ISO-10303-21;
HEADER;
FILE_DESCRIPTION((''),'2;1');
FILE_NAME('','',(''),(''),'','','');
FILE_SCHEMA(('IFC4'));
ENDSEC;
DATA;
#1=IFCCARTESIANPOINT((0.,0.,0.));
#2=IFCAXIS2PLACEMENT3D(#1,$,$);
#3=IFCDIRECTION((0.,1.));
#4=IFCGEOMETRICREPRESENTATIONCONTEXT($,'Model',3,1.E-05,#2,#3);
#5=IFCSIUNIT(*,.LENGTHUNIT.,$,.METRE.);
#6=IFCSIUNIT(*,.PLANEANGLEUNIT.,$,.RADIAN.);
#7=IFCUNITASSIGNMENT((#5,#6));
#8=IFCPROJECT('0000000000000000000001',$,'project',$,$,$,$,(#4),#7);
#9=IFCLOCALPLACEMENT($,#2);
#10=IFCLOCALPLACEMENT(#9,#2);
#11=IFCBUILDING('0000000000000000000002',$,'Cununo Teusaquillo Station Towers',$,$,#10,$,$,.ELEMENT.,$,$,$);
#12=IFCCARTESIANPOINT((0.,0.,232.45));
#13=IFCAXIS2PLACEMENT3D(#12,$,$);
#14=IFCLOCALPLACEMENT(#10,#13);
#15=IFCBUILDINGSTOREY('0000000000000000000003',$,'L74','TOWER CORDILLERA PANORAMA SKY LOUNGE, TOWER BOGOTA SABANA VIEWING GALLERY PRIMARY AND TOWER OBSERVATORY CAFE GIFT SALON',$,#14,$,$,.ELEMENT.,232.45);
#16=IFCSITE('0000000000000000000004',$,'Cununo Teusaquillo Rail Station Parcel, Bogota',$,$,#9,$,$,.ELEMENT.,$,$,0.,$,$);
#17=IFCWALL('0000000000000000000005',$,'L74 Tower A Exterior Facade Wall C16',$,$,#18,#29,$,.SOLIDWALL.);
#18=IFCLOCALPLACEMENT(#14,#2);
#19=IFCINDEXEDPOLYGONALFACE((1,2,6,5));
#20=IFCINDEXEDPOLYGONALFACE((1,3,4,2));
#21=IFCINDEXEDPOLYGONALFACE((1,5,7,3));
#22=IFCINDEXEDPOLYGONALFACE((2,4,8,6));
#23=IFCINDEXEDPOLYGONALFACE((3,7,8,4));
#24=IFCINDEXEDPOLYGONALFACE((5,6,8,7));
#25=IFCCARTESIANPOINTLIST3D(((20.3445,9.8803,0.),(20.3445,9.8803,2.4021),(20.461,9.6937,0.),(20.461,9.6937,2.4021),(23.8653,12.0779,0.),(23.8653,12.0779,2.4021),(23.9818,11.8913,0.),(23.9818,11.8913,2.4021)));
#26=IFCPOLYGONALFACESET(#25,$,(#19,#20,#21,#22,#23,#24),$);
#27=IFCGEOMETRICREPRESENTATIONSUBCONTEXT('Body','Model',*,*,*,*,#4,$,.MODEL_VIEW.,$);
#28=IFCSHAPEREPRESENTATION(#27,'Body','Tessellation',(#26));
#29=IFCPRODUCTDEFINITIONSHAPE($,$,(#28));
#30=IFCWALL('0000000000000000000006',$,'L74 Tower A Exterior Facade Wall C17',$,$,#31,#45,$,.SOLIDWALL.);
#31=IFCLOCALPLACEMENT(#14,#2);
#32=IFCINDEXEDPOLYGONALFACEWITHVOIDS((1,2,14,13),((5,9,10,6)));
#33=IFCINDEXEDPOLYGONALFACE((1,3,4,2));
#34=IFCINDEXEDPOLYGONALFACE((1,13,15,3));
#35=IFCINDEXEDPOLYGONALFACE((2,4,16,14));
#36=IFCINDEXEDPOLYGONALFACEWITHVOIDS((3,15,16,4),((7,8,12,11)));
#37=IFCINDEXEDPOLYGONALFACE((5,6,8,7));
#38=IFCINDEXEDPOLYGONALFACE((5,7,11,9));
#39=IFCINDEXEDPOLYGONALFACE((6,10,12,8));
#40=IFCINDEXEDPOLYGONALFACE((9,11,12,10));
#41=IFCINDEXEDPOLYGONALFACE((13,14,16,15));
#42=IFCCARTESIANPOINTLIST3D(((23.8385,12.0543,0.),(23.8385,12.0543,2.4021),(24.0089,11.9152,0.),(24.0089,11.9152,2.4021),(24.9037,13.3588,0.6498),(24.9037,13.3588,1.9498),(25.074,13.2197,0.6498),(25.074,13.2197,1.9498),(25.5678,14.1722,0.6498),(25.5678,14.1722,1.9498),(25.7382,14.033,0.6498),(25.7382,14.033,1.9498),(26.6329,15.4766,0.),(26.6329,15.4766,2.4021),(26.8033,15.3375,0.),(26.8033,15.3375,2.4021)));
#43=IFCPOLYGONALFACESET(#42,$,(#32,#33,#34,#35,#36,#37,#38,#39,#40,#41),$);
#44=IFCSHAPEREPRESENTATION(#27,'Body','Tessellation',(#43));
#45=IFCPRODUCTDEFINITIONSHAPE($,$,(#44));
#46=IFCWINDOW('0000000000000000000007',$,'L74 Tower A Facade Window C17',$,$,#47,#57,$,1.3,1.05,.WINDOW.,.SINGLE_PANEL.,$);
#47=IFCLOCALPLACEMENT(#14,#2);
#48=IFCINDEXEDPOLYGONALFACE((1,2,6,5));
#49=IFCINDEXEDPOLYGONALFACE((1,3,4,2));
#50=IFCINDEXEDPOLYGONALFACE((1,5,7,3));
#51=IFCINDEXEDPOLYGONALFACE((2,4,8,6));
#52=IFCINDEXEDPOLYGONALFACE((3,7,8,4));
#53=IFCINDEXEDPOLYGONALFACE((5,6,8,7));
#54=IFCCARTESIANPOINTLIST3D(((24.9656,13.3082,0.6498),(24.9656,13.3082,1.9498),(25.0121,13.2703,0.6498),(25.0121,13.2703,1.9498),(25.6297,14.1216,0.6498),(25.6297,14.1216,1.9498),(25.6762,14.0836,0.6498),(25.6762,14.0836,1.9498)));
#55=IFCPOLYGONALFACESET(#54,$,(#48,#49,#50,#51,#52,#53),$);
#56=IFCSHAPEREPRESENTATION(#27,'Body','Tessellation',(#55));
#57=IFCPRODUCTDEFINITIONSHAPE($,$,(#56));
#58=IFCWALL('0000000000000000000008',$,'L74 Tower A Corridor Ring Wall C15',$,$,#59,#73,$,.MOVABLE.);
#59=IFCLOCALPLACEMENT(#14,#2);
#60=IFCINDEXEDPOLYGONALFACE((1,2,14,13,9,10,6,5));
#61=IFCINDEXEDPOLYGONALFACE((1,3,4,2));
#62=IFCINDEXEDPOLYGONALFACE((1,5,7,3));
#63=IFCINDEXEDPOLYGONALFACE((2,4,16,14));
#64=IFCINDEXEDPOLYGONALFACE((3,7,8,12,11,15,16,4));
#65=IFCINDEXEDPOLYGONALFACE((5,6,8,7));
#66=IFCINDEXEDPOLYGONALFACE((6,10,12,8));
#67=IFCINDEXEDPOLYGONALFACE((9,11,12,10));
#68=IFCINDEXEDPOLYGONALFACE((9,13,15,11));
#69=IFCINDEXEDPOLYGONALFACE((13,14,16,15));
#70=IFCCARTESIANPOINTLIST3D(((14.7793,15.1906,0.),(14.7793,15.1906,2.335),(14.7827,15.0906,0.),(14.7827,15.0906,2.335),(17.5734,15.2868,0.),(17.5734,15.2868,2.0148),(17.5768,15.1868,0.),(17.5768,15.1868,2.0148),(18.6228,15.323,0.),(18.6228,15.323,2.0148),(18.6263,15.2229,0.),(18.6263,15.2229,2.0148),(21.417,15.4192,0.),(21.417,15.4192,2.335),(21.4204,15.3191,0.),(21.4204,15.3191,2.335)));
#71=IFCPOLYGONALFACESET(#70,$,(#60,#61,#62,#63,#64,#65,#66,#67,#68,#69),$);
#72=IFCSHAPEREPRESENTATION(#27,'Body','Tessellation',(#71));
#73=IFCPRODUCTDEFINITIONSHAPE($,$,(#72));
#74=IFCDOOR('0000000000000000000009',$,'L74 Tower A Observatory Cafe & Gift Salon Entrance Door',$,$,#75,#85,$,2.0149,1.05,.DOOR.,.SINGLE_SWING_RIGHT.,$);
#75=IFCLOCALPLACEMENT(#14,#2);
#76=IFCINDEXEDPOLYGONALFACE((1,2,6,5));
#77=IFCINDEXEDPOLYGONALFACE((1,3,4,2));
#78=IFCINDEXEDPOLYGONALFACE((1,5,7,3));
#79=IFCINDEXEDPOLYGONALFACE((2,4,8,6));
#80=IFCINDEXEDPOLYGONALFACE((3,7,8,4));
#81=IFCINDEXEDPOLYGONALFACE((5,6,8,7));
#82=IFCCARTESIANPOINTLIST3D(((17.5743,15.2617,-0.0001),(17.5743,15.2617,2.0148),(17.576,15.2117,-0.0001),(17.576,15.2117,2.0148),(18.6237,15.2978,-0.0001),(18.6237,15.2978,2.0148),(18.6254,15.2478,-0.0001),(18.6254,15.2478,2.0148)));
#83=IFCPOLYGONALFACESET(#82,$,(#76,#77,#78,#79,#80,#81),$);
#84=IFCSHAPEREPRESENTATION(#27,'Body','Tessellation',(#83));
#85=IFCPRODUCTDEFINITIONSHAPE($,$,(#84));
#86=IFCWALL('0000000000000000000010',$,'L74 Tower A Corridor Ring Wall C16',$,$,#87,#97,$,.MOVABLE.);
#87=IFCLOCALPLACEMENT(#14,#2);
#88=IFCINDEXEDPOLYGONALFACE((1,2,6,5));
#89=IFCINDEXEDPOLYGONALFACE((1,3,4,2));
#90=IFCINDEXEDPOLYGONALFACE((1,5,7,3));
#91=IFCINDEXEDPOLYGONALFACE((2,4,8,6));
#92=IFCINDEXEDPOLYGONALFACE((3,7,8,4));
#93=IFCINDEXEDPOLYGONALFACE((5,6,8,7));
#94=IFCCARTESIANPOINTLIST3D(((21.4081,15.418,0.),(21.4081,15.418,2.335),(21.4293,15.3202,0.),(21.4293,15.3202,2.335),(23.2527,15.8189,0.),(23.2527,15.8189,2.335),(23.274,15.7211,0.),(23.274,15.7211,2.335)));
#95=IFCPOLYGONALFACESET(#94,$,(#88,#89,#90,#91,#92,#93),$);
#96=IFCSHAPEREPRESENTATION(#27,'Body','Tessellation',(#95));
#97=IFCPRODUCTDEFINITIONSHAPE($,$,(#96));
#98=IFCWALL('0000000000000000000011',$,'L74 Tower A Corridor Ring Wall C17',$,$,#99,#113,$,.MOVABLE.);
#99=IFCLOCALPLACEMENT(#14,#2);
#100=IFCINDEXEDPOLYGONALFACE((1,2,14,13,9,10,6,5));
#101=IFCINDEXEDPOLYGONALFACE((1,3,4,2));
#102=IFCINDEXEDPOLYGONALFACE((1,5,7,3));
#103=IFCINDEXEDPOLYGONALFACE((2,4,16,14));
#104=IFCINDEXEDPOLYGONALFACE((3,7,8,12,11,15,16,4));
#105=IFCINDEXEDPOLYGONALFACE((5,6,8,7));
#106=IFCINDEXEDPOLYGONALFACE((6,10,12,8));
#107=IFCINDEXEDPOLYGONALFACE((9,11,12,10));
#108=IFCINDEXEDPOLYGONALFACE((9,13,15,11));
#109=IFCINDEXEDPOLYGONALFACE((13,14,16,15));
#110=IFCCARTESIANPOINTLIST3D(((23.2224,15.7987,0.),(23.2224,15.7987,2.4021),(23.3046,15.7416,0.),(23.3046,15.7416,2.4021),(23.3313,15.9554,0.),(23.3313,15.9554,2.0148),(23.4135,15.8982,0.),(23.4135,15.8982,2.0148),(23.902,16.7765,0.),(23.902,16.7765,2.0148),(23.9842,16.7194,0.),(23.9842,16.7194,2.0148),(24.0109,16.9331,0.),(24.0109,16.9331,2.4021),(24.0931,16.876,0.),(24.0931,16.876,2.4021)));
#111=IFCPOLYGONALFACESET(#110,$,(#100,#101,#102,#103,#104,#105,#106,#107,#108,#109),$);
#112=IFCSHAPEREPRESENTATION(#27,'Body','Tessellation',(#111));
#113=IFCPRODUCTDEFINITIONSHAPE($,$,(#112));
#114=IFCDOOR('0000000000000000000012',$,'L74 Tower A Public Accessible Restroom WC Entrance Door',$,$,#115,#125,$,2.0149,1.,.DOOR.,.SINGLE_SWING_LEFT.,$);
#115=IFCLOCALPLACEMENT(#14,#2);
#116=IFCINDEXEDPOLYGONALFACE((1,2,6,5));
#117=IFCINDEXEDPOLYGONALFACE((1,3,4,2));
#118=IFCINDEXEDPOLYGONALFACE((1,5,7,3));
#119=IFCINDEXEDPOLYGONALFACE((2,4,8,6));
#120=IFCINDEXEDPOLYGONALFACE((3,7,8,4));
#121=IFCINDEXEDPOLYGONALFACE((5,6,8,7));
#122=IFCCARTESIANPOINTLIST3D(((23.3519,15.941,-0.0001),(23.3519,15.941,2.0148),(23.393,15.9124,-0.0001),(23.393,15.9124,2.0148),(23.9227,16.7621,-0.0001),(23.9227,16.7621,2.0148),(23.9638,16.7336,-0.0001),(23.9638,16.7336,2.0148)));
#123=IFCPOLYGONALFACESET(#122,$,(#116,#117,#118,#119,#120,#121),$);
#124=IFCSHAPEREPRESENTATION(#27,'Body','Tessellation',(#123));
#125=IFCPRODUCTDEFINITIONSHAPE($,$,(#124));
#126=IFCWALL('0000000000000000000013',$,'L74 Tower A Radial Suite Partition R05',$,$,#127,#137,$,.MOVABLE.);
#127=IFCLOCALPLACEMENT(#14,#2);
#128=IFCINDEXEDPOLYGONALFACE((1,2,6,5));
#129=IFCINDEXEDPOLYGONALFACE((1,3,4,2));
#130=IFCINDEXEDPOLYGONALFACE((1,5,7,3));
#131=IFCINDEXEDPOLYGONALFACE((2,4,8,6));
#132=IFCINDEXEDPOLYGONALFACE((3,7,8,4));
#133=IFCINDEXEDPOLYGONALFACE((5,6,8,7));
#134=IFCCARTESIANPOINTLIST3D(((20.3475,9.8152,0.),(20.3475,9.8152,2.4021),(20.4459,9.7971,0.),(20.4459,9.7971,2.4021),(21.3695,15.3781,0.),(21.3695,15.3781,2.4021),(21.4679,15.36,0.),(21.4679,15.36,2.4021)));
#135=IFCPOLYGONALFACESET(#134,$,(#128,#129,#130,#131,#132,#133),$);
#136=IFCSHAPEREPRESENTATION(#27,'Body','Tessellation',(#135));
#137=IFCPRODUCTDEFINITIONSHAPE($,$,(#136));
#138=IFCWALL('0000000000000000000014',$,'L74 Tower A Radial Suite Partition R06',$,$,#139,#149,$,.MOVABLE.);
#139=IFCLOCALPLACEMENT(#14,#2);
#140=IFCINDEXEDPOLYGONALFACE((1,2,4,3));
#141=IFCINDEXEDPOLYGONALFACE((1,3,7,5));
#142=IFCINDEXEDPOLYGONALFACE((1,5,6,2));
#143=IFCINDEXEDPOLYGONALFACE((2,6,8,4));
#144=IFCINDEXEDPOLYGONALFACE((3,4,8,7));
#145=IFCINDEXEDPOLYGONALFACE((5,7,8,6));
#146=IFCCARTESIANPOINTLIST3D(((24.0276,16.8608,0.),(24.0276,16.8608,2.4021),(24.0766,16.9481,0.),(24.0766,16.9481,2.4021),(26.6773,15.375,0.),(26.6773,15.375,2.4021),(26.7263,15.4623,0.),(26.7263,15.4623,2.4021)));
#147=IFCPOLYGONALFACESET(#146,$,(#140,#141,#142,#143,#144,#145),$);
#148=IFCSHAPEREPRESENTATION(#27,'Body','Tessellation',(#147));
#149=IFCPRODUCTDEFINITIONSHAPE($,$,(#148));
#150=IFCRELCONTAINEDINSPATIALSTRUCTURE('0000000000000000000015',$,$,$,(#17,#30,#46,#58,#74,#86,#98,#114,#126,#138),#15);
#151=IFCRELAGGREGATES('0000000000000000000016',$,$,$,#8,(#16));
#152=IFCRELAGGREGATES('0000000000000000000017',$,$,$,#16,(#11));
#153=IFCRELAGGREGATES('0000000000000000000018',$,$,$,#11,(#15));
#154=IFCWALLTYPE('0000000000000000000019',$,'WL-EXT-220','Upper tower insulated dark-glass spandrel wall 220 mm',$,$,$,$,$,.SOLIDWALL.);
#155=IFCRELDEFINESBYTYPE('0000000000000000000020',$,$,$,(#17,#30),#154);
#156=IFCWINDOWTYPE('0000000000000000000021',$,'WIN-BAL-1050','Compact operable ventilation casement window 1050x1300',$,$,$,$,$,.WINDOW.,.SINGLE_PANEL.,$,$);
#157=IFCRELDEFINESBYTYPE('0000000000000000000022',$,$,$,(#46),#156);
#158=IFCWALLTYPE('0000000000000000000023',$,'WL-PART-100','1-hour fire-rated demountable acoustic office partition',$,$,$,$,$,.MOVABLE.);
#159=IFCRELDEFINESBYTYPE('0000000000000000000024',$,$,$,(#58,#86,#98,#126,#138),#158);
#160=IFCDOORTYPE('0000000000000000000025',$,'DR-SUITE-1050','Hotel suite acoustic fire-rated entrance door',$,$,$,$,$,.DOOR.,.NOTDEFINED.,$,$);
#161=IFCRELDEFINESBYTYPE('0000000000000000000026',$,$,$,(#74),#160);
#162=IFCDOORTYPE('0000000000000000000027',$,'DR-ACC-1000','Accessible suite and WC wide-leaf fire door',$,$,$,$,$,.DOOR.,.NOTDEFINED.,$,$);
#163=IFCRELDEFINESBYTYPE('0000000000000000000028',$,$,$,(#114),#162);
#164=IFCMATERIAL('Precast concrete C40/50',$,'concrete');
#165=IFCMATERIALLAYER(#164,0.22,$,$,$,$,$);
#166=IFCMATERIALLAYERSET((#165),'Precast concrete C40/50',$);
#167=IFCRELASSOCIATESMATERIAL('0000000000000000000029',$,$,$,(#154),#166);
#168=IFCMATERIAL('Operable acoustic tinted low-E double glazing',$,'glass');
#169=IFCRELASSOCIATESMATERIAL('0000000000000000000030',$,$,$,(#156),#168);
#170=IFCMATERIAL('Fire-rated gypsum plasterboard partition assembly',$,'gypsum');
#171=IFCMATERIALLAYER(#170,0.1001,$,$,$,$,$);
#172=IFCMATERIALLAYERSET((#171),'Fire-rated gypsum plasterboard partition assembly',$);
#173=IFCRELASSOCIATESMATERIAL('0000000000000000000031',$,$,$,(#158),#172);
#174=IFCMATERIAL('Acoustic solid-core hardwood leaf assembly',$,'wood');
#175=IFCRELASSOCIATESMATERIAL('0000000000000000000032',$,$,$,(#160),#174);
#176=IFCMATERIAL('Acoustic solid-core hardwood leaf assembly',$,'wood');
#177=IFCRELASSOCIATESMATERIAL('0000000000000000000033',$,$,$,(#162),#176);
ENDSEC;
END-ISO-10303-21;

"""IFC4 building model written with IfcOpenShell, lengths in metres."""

from ifc_helpers import new_model, si_unit, direction, frame, frame_2d, origin, place, context, subcontext, project, spatial, rectangle, extrude, source, transform, mapped, material, layer, layer_set, type_object, element, fill, save


model = new_model("IFC4")

# Units and contexts
model_context = context("Model", 3, precision=1e-05, world=origin(), true_north=direction((0.0, 1.0)))
body_context = subcontext(model_context, "Body", "Model", "MODEL_VIEW")
ifc_project = project(units=[si_unit("LENGTHUNIT", "METRE"), si_unit("PLANEANGLEUNIT", "RADIAN")], contexts=[model_context])

# Site, building, storey
site_placement = place(None, origin())
site = spatial("IfcSite", under=ifc_project, at=site_placement, Name="Cununo Teusaquillo Rail Station Parcel, Bogota", CompositionType="ELEMENT", RefElevation=0.0)
building_placement = place(site_placement, origin())
building = spatial("IfcBuilding", under=site, at=building_placement, Name="Cununo Teusaquillo Station Towers", CompositionType="ELEMENT")
storey_placement = place(building_placement, frame((0.0, 0.0, 232.45)))
storey = spatial("IfcBuildingStorey", under=building, at=storey_placement, Name="L74", Description="TOWER CORDILLERA PANORAMA SKY LOUNGE, TOWER BOGOTA SABANA VIEWING GALLERY PRIMARY AND TOWER OBSERVATORY CAFE GIFT SALON", CompositionType="ELEMENT", Elevation=232.45)

# Shared definitions
ifc_material_1 = material(Name="Precast concrete C40/50", Category="concrete")
ifc_layer_1 = layer(ifc_material_1, 0.22)
ifc_layer_set_1 = layer_set([ifc_layer_1], Name="Precast concrete C40/50")
wall_type_1 = type_object("IfcWallType", Name="WL-EXT-220", Description="Upper tower insulated dark-glass spandrel wall 220 mm", PredefinedType="SOLIDWALL", material=ifc_layer_set_1)

# Shared definitions
shared_shape_1 = source(origin(), body_context, "Body", "SweptSolid", [
    extrude(rectangle(XDim=1.05, YDim=1.3, at=frame_2d((0.5249, 0.6499))), frame((0.0, 0.1199, 0.0), z_axis=(0.0, -1.0, 0.0), x_axis=(1.0, 0.0, 0.0)), (0.0, 0.0, 1.0), 0.24),
])
ifc_material_2 = material(Name="Operable acoustic tinted low-E double glazing", Category="glass")
window_type = type_object("IfcWindowType", Name="WIN-BAL-1050", Description="Compact operable ventilation casement window 1050x1300", PartitioningType="SINGLE_PANEL", PredefinedType="WINDOW", material=ifc_material_2)
shared_shape_2 = source(origin(), body_context, "Body", "SweptSolid", [
    extrude(rectangle(XDim=1.05, YDim=1.3, at=frame_2d((0.5249, 0.6499))), frame((0.0, 0.03, 0.0), z_axis=(0.0, -1.0, 0.0), x_axis=(1.0, 0.0, 0.0)), (0.0, 0.0, 1.0), 0.0601),
])

# Wall
wall_1_placement = place(storey_placement, frame((23.9236, 11.9846, 0.0), z_axis=(0.0, 0.0, 1.0), x_axis=(-0.848319, -0.529486, 0.0)))
element("IfcWall", 1, at=wall_1_placement, inside=storey, type_object=wall_type_1, Name="L74 Tower A Exterior Facade Wall C16", PredefinedType="SOLIDWALL", context=body_context, shape_type="SweptSolid", body=[
    extrude(rectangle(XDim=4.1504, YDim=0.22, at=frame_2d((2.0752, 0.0))), origin(), (0.0, 0.0, 1.0), 2.4021),
])

# Wall, opening, window
wall_2_placement = place(storey_placement, frame((26.718, 15.407, 0.0), z_axis=(0.0, 0.0, 1.0), x_axis=(-0.632467, -0.774587, 0.0)))
wall_2 = element("IfcWall", 2, at=wall_2_placement, inside=storey, type_object=wall_type_1, Name="L74 Tower A Exterior Facade Wall C17", PredefinedType="SOLIDWALL", context=body_context, shape_type="SweptSolid", body=[
    extrude(rectangle(XDim=4.4182, YDim=0.22, at=frame_2d((2.209, 0.0))), origin(), (0.0, 0.0, 1.0), 2.4021),
])
opening_1_placement = place(wall_2_placement, frame((1.6841, 0.0, 0.6499)))
opening_1 = element("IfcOpeningElement", 3, at=opening_1_placement, cuts=wall_2, PredefinedType="OPENING", context=body_context, shape_type="MappedRepresentation", body=[
    mapped(shared_shape_1, transform((0.0, 0.0, 0.0), x_axis=(1.0, 0.0, 0.0), y_axis=(0.0, 1.0, 0.0), z_axis=(0.0, 0.0, 1.0), scale=1.0)),
])
window_1_placement = place(opening_1_placement, origin())
window_1 = element("IfcWindow", 4, at=window_1_placement, inside=storey, type_object=window_type, Name="L74 Tower A Facade Window C17", OverallHeight=1.3, OverallWidth=1.05, PartitioningType="SINGLE_PANEL", PredefinedType="WINDOW", context=body_context, shape_type="MappedRepresentation", body=[
    mapped(shared_shape_2, transform((0.0, 0.0, 0.0), x_axis=(1.0, 0.0, 0.0), y_axis=(0.0, 1.0, 0.0), z_axis=(0.0, 0.0, 1.0), scale=1.0)),
])
fill(opening_1, window_1)

# Wall, opening, door
ifc_material_3 = material(Name="Fire-rated gypsum plasterboard partition assembly", Category="gypsum")
ifc_layer_2 = layer(ifc_material_3, 0.1001)
ifc_layer_set_2 = layer_set([ifc_layer_2], Name="Fire-rated gypsum plasterboard partition assembly")
wall_type_2 = type_object("IfcWallType", Name="WL-PART-100", Description="1-hour fire-rated demountable acoustic office partition", PredefinedType="MOVABLE", material=ifc_layer_set_2)
wall_3_placement = place(storey_placement, frame((14.781, 15.1406, 0.0), z_axis=(0.0, 0.0, 1.0), x_axis=(0.999408, 0.034407, 0.0)))
wall_3 = element("IfcWall", 5, at=wall_3_placement, inside=storey, type_object=wall_type_2, Name="L74 Tower A Corridor Ring Wall C15", PredefinedType="MOVABLE", context=body_context, shape_type="SweptSolid", body=[
    extrude(rectangle(XDim=6.6416, YDim=0.1001, at=frame_2d((3.3208, 0.0))), origin(), (0.0, 0.0, 1.0), 2.335),
])
shared_shape_3 = source(origin(), body_context, "Body", "SweptSolid", [
    extrude(rectangle(XDim=1.05, YDim=2.0149, at=frame_2d((0.5249, 1.0073))), frame((0.0, 0.0601, 0.0), z_axis=(0.0, -1.0, 0.0), x_axis=(1.0, 0.0, 0.0)), (0.0, 0.0, 1.0), 0.1201),
])
opening_2_placement = place(wall_3_placement, frame((2.7959, 0.0, 0.0)))
opening_2 = element("IfcOpeningElement", 6, at=opening_2_placement, cuts=wall_3, PredefinedType="OPENING", context=body_context, shape_type="MappedRepresentation", body=[
    mapped(shared_shape_3, transform((0.0, 0.0, 0.0), x_axis=(1.0, 0.0, 0.0), y_axis=(0.0, 1.0, 0.0), z_axis=(0.0, 0.0, 1.0), scale=1.0)),
])
ifc_material_4 = material(Name="Acoustic solid-core hardwood leaf assembly", Category="wood")
door_type_1 = type_object("IfcDoorType", Name="DR-SUITE-1050", Description="Hotel suite acoustic fire-rated entrance door", OperationType="NOTDEFINED", PredefinedType="DOOR", material=ifc_material_4)
shared_shape_4 = source(origin(), body_context, "Body", "SweptSolid", [
    extrude(rectangle(XDim=1.05, YDim=2.0149, at=frame_2d((0.5249, 1.0073))), frame((0.0, 0.0249, 0.0), z_axis=(0.0, -1.0, 0.0), x_axis=(1.0, 0.0, 0.0)), (0.0, 0.0, 1.0), 0.05),
])
door_1_placement = place(opening_2_placement, origin())
door_1 = element("IfcDoor", 7, at=door_1_placement, inside=storey, type_object=door_type_1, Name="L74 Tower A Observatory Cafe & Gift Salon Entrance Door", OperationType="SINGLE_SWING_RIGHT", OverallHeight=2.0149, OverallWidth=1.05, PredefinedType="DOOR", context=body_context, shape_type="MappedRepresentation", body=[
    mapped(shared_shape_4, transform((0.0, 0.0, 0.0), x_axis=(1.0, 0.0, 0.0), y_axis=(0.0, 1.0, 0.0), z_axis=(0.0, 0.0, 1.0), scale=1.0)),
])
fill(opening_2, door_1)

# Wall
wall_4_placement = place(storey_placement, frame((21.4187, 15.3691, 0.0), z_axis=(0.0, 0.0, 1.0), x_axis=(0.977193, 0.212354, 0.0)))
element("IfcWall", 8, at=wall_4_placement, inside=storey, type_object=wall_type_2, Name="L74 Tower A Corridor Ring Wall C16", PredefinedType="MOVABLE", context=body_context, shape_type="SweptSolid", body=[
    extrude(rectangle(XDim=1.8877, YDim=0.1001, at=frame_2d((0.9438, 0.0))), origin(), (0.0, 0.0, 1.0), 2.335),
])

# Wall, opening, door
wall_5_placement = place(storey_placement, frame((23.2634, 15.77, 0.0), z_axis=(0.0, 0.0, 1.0), x_axis=(0.570743, 0.821128, 0.0)))
wall_5 = element("IfcWall", 9, at=wall_5_placement, inside=storey, type_object=wall_type_2, Name="L74 Tower A Corridor Ring Wall C17", PredefinedType="MOVABLE", context=body_context, shape_type="SweptSolid", body=[
    extrude(rectangle(XDim=1.3816, YDim=0.1001, at=frame_2d((0.6909, 0.0))), origin(), (0.0, 0.0, 1.0), 2.4021),
])
shared_shape_5 = source(origin(), body_context, "Body", "SweptSolid", [
    extrude(rectangle(XDim=1.0, YDim=2.0149, at=frame_2d((0.5, 1.0073))), frame((0.0, 0.0601, 0.0), z_axis=(0.0, -1.0, 0.0), x_axis=(1.0, 0.0, 0.0)), (0.0, 0.0, 1.0), 0.1201),
])
opening_3_placement = place(wall_5_placement, frame((0.1909, 0.0, 0.0)))
opening_3 = element("IfcOpeningElement", 10, at=opening_3_placement, cuts=wall_5, PredefinedType="OPENING", context=body_context, shape_type="MappedRepresentation", body=[
    mapped(shared_shape_5, transform((0.0, 0.0, 0.0), x_axis=(1.0, 0.0, 0.0), y_axis=(0.0, 1.0, 0.0), z_axis=(0.0, 0.0, 1.0), scale=1.0)),
])
ifc_material_5 = material(Name="Acoustic solid-core hardwood leaf assembly", Category="wood")
door_type_2 = type_object("IfcDoorType", Name="DR-ACC-1000", Description="Accessible suite and WC wide-leaf fire door", OperationType="NOTDEFINED", PredefinedType="DOOR", material=ifc_material_5)
shared_shape_6 = source(origin(), body_context, "Body", "SweptSolid", [
    extrude(rectangle(XDim=1.0, YDim=2.0149, at=frame_2d((0.5, 1.0073))), frame((0.0, 0.0249, 0.0), z_axis=(0.0, -1.0, 0.0), x_axis=(1.0, 0.0, 0.0)), (0.0, 0.0, 1.0), 0.05),
])
door_2_placement = place(opening_3_placement, origin())
door_2 = element("IfcDoor", 11, at=door_2_placement, inside=storey, type_object=door_type_2, Name="L74 Tower A Public Accessible Restroom WC Entrance Door", OperationType="SINGLE_SWING_LEFT", OverallHeight=2.0149, OverallWidth=1.0, PredefinedType="DOOR", context=body_context, shape_type="MappedRepresentation", body=[
    mapped(shared_shape_6, transform((0.0, 0.0, 0.0), x_axis=(1.0, 0.0, 0.0), y_axis=(0.0, 1.0, 0.0), z_axis=(0.0, 0.0, 1.0), scale=1.0)),
])
fill(opening_3, door_2)

# Walls
wall_6_placement = place(storey_placement, frame((21.4187, 15.3691, 0.0), z_axis=(0.0, 0.0, 1.0), x_axis=(-0.180686, -0.983541, 0.0)))
element("IfcWall", 12, at=wall_6_placement, inside=storey, type_object=wall_type_2, Name="L74 Tower A Radial Suite Partition R05", PredefinedType="MOVABLE", context=body_context, shape_type="SweptSolid", body=[
    extrude(rectangle(XDim=5.656, YDim=0.1001, at=frame_2d((2.8281, 0.0))), origin(), (0.0, 0.0, 1.0), 2.4021),
])
wall_7_placement = place(storey_placement, frame((24.052, 16.9045, 0.0), z_axis=(0.0, 0.0, 1.0), x_axis=(0.872221, -0.489112, 0.0)))
element("IfcWall", 13, at=wall_7_placement, inside=storey, type_object=wall_type_2, Name="L74 Tower A Radial Suite Partition R06", PredefinedType="MOVABLE", context=body_context, shape_type="SweptSolid", body=[
    extrude(rectangle(XDim=3.0378, YDim=0.1001, at=frame_2d((1.519, 0.0))), origin(), (0.0, 0.0, 1.0), 2.4021),
])

save(model, "model.ifc")
